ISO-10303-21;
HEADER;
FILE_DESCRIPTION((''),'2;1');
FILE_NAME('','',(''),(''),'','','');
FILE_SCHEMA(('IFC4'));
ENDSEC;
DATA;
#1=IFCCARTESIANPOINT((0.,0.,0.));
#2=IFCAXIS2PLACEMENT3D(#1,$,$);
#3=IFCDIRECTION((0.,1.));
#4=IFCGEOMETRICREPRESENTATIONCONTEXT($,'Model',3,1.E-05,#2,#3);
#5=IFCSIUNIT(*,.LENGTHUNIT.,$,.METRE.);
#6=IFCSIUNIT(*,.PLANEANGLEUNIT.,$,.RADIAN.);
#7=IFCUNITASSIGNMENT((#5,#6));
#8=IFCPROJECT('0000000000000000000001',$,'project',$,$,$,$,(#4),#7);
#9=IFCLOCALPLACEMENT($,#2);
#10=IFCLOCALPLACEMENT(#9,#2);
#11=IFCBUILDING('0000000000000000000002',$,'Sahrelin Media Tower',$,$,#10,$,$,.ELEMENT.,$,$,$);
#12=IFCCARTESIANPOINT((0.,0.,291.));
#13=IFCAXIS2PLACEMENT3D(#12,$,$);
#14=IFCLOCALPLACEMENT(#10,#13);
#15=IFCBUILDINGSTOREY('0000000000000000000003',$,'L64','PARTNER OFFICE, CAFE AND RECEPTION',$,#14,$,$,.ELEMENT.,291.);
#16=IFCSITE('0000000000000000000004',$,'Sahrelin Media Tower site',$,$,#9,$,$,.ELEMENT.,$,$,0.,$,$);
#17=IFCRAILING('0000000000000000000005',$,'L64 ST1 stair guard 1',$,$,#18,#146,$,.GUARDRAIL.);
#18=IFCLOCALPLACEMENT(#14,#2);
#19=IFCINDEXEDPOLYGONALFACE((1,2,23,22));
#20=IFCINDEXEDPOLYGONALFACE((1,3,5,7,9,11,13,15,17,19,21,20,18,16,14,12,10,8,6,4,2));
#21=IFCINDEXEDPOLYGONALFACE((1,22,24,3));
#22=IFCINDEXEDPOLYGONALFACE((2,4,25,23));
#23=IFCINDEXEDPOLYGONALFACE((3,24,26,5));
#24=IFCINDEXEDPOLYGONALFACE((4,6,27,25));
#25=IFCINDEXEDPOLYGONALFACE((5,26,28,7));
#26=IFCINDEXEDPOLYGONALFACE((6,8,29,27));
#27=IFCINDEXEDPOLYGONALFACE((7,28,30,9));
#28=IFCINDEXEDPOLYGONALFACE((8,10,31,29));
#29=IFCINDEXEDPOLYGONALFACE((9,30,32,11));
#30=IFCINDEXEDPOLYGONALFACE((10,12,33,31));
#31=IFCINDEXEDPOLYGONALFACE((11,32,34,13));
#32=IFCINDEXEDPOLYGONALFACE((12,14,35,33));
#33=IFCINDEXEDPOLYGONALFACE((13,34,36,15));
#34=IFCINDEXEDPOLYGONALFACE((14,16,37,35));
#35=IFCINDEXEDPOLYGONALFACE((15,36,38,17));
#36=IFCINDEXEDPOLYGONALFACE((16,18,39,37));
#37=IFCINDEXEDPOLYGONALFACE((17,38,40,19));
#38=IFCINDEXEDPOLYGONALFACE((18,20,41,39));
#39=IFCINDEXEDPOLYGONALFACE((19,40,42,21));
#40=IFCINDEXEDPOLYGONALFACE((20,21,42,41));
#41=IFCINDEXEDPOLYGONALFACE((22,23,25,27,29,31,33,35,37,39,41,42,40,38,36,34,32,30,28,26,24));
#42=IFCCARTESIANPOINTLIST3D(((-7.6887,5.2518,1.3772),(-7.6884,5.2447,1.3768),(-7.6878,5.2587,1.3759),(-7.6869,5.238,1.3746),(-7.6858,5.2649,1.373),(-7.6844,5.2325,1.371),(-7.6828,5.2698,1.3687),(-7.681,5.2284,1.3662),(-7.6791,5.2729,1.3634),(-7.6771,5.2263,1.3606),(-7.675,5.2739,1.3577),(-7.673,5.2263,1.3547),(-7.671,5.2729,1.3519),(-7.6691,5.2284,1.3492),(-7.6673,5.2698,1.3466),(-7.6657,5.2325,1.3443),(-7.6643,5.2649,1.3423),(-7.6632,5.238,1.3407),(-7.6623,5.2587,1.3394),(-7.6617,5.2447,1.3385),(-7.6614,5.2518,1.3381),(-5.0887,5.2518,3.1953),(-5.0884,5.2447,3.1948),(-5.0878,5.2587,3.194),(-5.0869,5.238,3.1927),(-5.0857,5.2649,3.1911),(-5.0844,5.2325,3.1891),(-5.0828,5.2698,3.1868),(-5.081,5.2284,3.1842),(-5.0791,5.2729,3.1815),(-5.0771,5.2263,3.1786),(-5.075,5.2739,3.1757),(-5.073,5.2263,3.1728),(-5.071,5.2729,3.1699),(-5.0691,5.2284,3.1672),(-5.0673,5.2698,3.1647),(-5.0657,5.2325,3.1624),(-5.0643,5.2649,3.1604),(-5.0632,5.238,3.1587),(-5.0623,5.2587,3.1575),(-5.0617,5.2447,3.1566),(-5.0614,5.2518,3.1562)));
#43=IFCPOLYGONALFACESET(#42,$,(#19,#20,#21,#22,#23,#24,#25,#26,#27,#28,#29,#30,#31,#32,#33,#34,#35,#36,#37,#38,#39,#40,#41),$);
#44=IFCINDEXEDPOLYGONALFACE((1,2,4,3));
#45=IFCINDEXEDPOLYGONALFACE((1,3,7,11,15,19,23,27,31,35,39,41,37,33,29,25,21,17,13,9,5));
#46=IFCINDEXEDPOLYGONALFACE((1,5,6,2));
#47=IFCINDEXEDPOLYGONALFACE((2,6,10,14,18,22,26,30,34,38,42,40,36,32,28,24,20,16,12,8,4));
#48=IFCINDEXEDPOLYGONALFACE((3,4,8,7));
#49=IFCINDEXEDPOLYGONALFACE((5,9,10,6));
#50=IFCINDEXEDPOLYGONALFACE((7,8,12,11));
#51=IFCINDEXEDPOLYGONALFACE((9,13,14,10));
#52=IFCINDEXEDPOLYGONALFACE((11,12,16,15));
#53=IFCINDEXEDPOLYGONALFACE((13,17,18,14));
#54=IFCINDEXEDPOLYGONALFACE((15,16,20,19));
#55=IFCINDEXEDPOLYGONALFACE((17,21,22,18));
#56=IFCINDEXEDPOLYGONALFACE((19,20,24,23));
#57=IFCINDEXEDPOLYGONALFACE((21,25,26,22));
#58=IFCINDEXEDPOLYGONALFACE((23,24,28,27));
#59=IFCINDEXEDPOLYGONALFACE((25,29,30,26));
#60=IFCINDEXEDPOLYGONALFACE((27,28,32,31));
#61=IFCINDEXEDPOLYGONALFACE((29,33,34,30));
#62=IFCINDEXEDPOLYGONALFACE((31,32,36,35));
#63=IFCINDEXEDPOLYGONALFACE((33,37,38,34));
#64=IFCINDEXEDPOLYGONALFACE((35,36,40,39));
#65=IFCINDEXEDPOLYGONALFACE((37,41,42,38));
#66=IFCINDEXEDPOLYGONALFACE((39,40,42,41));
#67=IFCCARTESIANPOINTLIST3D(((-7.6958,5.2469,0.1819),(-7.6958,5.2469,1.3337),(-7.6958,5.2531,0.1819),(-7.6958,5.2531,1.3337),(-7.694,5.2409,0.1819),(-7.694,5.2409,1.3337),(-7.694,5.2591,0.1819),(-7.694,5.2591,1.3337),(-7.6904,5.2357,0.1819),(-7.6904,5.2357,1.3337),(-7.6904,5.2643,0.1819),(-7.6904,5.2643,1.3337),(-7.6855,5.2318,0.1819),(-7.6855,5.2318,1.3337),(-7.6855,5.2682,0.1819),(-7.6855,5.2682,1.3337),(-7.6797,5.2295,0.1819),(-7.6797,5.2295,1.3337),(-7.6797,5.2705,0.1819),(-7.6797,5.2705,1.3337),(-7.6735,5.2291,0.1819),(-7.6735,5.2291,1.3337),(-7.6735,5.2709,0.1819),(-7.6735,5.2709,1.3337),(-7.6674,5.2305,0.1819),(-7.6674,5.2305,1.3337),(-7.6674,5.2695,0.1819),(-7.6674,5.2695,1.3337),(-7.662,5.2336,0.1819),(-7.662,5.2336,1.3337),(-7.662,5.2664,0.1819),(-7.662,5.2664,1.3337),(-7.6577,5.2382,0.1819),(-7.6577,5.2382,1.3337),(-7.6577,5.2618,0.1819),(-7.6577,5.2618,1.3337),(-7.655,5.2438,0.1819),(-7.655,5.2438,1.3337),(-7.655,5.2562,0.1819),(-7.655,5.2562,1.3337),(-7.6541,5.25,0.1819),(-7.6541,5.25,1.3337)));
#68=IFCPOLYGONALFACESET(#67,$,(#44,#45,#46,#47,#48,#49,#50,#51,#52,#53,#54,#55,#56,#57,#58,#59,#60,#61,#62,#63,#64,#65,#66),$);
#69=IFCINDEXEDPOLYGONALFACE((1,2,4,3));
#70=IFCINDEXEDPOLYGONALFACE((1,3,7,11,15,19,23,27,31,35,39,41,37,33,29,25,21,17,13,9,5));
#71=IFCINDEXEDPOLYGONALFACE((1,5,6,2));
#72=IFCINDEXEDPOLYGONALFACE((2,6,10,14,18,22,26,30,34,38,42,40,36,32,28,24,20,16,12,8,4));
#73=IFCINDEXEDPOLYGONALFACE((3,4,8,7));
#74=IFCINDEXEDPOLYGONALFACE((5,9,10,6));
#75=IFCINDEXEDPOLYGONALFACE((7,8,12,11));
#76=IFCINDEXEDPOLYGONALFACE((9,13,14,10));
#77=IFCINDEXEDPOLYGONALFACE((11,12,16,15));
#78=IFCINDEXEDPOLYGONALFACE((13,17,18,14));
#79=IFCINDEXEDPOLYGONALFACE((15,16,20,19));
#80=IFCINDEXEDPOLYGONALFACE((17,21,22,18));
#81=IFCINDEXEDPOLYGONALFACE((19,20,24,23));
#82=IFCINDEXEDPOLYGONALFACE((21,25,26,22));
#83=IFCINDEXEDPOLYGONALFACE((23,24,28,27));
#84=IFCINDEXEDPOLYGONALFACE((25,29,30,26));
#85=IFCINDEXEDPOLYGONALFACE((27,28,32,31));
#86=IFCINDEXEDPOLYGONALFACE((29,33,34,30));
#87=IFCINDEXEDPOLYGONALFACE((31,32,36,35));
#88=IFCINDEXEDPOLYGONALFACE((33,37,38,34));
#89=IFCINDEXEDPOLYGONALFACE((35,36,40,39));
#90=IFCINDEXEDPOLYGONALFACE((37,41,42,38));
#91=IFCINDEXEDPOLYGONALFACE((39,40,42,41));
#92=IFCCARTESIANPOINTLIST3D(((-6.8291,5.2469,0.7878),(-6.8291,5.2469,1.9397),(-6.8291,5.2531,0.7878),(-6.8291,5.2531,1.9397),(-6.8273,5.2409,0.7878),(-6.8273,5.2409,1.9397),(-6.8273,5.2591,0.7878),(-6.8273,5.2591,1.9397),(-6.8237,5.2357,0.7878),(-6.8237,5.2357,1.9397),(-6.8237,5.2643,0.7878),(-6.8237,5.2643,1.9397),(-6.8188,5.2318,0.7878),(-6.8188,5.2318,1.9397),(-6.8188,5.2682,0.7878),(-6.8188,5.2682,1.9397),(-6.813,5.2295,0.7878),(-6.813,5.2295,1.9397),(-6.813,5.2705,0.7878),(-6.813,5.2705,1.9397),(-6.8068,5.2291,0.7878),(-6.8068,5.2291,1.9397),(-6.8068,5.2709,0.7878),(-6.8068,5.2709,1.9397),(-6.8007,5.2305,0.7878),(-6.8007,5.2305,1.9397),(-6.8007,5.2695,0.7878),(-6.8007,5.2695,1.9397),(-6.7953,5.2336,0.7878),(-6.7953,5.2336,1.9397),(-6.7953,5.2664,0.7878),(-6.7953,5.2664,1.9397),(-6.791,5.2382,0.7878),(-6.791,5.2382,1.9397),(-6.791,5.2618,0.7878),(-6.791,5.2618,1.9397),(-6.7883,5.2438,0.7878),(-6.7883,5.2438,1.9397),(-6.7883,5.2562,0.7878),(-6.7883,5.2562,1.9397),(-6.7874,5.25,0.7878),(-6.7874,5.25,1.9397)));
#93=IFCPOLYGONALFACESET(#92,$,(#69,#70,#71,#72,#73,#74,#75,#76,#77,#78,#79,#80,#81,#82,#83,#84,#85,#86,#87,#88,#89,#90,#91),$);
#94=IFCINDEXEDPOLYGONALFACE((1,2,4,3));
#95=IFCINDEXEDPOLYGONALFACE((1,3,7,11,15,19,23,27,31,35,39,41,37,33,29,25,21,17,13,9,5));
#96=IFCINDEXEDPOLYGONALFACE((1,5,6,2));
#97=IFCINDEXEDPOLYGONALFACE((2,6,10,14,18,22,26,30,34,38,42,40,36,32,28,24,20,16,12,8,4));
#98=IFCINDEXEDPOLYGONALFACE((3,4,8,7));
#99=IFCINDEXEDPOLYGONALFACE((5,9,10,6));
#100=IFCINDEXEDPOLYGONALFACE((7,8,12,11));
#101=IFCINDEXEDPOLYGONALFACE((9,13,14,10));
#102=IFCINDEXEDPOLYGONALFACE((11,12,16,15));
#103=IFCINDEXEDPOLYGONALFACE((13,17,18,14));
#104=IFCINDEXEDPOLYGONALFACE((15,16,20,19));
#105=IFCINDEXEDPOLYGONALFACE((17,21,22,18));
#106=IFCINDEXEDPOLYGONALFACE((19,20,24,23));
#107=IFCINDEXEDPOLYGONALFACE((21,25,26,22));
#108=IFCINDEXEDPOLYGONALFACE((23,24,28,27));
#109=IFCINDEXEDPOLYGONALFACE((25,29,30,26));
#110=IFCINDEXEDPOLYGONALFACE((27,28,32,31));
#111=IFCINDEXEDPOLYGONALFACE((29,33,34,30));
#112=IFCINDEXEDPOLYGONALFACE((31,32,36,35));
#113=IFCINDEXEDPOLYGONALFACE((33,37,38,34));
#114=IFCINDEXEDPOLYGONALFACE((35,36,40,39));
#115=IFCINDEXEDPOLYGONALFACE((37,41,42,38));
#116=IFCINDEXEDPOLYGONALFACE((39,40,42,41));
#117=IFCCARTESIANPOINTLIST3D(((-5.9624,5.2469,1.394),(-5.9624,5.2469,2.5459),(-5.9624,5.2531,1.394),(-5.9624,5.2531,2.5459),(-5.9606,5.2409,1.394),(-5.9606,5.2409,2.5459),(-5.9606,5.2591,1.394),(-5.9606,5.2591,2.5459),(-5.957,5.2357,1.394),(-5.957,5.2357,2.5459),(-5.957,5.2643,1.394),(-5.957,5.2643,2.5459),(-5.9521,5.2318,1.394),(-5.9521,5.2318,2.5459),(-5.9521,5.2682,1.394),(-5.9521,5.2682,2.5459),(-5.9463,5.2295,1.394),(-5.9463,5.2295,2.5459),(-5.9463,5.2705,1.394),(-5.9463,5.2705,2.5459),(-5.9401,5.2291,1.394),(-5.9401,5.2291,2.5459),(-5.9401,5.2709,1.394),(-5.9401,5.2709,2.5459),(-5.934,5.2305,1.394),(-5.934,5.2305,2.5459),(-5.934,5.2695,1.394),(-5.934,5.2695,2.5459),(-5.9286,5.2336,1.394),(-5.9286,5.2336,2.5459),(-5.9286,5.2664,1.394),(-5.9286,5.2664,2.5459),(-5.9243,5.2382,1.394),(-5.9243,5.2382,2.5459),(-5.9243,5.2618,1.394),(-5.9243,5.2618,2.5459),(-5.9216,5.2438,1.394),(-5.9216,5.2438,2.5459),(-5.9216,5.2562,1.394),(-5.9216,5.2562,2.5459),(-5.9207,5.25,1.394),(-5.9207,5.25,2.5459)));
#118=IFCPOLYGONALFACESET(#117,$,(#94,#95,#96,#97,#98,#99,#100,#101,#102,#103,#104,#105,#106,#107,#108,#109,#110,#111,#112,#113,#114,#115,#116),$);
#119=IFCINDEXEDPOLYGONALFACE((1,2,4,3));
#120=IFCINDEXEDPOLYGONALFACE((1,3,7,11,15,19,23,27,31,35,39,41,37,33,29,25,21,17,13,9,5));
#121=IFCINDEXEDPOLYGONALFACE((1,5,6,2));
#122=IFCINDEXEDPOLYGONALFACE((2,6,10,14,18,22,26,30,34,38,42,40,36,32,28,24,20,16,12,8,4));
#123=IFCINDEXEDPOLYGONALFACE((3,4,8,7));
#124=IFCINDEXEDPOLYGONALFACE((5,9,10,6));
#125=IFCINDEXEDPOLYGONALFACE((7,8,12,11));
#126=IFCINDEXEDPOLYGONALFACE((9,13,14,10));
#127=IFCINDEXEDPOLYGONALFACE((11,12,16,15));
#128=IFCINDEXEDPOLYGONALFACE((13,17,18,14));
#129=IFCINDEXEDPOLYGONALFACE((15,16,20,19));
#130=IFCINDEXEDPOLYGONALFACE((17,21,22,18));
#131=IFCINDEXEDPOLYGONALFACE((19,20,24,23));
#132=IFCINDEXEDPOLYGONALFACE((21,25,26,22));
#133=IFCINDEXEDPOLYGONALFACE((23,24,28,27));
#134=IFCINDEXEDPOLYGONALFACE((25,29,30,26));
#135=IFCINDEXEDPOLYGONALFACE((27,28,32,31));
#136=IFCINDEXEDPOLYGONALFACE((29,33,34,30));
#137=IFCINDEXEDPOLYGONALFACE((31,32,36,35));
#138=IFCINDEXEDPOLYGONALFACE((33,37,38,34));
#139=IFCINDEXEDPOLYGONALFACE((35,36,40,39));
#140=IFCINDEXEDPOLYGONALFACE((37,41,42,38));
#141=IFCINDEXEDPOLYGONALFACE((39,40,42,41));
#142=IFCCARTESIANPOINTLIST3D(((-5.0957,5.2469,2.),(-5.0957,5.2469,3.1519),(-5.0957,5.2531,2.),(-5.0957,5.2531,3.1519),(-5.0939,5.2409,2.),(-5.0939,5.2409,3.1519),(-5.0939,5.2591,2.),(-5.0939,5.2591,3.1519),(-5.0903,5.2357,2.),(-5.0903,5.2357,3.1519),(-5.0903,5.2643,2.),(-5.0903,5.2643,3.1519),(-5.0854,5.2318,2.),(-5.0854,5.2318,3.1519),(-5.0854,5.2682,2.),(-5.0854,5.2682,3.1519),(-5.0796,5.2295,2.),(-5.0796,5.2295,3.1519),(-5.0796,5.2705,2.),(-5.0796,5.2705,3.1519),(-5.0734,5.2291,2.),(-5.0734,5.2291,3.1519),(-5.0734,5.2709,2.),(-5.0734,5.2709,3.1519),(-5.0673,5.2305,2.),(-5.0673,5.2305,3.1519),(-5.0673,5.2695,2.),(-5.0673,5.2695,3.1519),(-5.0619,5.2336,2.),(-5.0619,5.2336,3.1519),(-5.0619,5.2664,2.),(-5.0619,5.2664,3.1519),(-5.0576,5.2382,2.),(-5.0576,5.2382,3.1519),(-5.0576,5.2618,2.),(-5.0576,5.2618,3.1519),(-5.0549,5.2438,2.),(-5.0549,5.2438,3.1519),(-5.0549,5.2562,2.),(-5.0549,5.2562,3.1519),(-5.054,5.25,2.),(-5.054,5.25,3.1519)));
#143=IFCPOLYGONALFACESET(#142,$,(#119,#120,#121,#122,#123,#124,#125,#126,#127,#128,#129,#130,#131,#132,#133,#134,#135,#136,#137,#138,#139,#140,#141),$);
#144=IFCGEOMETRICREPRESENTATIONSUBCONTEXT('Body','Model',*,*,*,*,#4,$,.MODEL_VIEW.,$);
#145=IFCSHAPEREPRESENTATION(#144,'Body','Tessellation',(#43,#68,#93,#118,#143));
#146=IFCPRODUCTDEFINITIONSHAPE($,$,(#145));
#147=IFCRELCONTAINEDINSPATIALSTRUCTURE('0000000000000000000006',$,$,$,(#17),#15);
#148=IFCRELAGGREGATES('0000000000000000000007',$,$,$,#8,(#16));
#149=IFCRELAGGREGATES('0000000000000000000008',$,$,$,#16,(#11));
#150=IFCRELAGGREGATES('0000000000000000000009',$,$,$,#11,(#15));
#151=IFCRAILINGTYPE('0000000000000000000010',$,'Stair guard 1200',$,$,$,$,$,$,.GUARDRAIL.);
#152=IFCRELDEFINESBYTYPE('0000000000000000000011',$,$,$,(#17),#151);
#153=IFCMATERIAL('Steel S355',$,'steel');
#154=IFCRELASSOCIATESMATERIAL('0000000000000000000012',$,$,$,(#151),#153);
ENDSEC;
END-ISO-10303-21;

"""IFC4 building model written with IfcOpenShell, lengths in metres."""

from ifc_helpers import new_model, si_unit, direction, frame, origin, origin_2d, place, context, subcontext, project, spatial, circle, extrude, material, type_object, element, save


model = new_model("IFC4")

# Units and contexts
model_context = context("Model", 3, precision=1e-05, world=origin(), true_north=direction((0.0, 1.0)))
body_context = subcontext(model_context, "Body", "Model", "MODEL_VIEW")
ifc_project = project(units=[si_unit("LENGTHUNIT", "METRE"), si_unit("PLANEANGLEUNIT", "RADIAN")], contexts=[model_context])

# Site, building, storey
site_placement = place(None, origin())
site = spatial("IfcSite", under=ifc_project, at=site_placement, Name="Sahrelin Media Tower site", CompositionType="ELEMENT", RefElevation=0.0)
building_placement = place(site_placement, origin())
building = spatial("IfcBuilding", under=site, at=building_placement, Name="Sahrelin Media Tower", CompositionType="ELEMENT")
storey_placement = place(building_placement, frame((0.0, 0.0, 291.0)))
storey = spatial("IfcBuildingStorey", under=building, at=storey_placement, Name="L64", Description="PARTNER OFFICE, CAFE AND RECEPTION", CompositionType="ELEMENT", Elevation=291.0)

# Shared definitions
ifc_material_1 = material(Name="Steel S355", Category="steel")

# Railing
railing_type_1 = type_object("IfcRailingType", Name="Stair guard 1200", PredefinedType="GUARDRAIL", material=ifc_material_1)
railing_1_placement = place(storey_placement, frame((-7.675, 5.25, 0.1819)))
element("IfcRailing", 1, at=railing_1_placement, inside=storey, type_object=railing_type_1, Name="L64 ST1 stair guard 1", PredefinedType="GUARDRAIL", context=body_context, shape_type="SweptSolid", body=[
    extrude(circle(Radius=0.0239, at=origin_2d()), frame((0.0, 0.0, 1.1758), z_axis=(0.819521, 0.0, 0.573049), x_axis=(0.0, 1.0, 0.0)), (0.0, 0.0, 1.0), 3.1726),
    extrude(circle(Radius=0.021, at=origin_2d()), origin(), (0.0, 0.0, 1.0), 1.1519),
    extrude(circle(Radius=0.021, at=origin_2d()), frame((0.8667, 0.0, 0.606)), (0.0, 0.0, 1.0), 1.1519),
    extrude(circle(Radius=0.021, at=origin_2d()), frame((1.7334, 0.0, 1.2122)), (0.0, 0.0, 1.0), 1.1519),
    extrude(circle(Radius=0.021, at=origin_2d()), frame((2.6001, 0.0, 1.8181)), (0.0, 0.0, 1.0), 1.1519),
])

save(model, "model.ifc")
